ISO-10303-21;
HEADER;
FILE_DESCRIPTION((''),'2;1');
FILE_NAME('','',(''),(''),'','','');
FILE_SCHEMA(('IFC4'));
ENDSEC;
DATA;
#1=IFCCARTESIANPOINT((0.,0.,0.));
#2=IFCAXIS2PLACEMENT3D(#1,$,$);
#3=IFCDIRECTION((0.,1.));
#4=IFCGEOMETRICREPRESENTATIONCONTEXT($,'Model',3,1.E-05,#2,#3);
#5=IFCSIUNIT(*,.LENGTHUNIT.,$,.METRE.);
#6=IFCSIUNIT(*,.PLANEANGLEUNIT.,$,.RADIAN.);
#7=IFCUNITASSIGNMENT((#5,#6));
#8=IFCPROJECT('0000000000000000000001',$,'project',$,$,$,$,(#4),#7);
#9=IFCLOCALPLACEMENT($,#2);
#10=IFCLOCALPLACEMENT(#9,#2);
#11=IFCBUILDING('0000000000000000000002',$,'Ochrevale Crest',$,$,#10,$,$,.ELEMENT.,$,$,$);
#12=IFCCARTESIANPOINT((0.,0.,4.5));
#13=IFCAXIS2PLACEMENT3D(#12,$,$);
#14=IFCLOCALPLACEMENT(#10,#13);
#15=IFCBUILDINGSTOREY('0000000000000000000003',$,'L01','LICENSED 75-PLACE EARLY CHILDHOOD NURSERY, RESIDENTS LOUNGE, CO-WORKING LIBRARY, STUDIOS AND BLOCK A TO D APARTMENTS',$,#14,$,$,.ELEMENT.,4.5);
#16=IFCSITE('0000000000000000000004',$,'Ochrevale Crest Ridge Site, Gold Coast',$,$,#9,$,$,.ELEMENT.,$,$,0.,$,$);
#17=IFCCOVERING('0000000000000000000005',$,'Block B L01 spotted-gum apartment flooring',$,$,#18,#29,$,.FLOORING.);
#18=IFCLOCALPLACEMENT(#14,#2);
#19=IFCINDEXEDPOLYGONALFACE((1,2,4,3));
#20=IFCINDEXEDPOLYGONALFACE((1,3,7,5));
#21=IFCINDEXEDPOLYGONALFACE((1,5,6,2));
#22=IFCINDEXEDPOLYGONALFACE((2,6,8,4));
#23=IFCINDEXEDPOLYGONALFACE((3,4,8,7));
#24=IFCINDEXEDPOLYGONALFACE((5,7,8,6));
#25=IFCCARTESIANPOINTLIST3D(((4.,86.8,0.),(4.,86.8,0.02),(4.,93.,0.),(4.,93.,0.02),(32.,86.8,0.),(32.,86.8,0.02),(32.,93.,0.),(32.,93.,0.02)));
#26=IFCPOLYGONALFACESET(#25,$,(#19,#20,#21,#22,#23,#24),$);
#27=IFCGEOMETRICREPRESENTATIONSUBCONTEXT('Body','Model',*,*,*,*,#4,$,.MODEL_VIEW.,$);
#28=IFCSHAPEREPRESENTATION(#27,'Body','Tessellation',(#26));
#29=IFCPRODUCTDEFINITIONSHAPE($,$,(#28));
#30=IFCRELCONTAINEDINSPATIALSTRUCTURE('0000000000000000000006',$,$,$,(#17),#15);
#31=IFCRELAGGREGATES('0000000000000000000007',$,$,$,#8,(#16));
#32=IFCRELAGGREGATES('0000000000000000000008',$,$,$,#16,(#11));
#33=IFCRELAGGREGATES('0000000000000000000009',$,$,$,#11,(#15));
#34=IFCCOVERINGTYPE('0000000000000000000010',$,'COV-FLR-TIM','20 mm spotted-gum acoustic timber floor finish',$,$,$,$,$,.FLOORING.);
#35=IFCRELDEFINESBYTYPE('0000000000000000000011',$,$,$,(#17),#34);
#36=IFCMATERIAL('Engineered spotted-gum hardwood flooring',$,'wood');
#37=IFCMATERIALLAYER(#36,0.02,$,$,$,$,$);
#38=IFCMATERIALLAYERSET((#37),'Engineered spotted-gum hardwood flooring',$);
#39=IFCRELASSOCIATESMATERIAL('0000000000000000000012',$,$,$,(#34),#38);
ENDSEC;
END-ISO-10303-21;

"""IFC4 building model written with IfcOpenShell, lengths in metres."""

from ifc_helpers import new_model, si_unit, direction, frame, origin, place, context, subcontext, project, spatial, polyline, outline, extrude, material, layer, layer_set, type_object, element, save


model = new_model("IFC4")

# Units and contexts
model_context = context("Model", 3, precision=1e-05, world=origin(), true_north=direction((0.0, 1.0)))
body_context = subcontext(model_context, "Body", "Model", "MODEL_VIEW")
ifc_project = project(units=[si_unit("LENGTHUNIT", "METRE"), si_unit("PLANEANGLEUNIT", "RADIAN")], contexts=[model_context])

# Site, building, storey
site_placement = place(None, origin())
site = spatial("IfcSite", under=ifc_project, at=site_placement, Name="Ochrevale Crest Ridge Site, Gold Coast", CompositionType="ELEMENT", RefElevation=0.0)
building_placement = place(site_placement, origin())
building = spatial("IfcBuilding", under=site, at=building_placement, Name="Ochrevale Crest", CompositionType="ELEMENT")
storey_placement = place(building_placement, frame((0.0, 0.0, 4.5)))
storey = spatial("IfcBuildingStorey", under=building, at=storey_placement, Name="L01", Description="LICENSED 75-PLACE EARLY CHILDHOOD NURSERY, RESIDENTS LOUNGE, CO-WORKING LIBRARY, STUDIOS AND BLOCK A TO D APARTMENTS", CompositionType="ELEMENT", Elevation=4.5)

# Covering
ifc_material_1 = material(Name="Engineered spotted-gum hardwood flooring", Category="wood")
ifc_layer_1 = layer(ifc_material_1, 0.02)
ifc_layer_set_1 = layer_set([ifc_layer_1], Name="Engineered spotted-gum hardwood flooring")
covering_type_1 = type_object("IfcCoveringType", Name="COV-FLR-TIM", Description="20 mm spotted-gum acoustic timber floor finish", PredefinedType="FLOORING", material=ifc_layer_set_1)
covering_1_placement = place(storey_placement, origin())
element("IfcCovering", 1, at=covering_1_placement, inside=storey, type_object=covering_type_1, Name="Block B L01 spotted-gum apartment flooring", PredefinedType="FLOORING", context=body_context, shape_type="SweptSolid", body=[
    extrude(outline(polyline([(4.0, 86.8), (32.0, 86.8), (32.0, 93.0), (4.0, 93.0), (4.0, 86.8)])), origin(), (0.0, 0.0, 1.0), 0.02),
])

save(model, "model.ifc")
